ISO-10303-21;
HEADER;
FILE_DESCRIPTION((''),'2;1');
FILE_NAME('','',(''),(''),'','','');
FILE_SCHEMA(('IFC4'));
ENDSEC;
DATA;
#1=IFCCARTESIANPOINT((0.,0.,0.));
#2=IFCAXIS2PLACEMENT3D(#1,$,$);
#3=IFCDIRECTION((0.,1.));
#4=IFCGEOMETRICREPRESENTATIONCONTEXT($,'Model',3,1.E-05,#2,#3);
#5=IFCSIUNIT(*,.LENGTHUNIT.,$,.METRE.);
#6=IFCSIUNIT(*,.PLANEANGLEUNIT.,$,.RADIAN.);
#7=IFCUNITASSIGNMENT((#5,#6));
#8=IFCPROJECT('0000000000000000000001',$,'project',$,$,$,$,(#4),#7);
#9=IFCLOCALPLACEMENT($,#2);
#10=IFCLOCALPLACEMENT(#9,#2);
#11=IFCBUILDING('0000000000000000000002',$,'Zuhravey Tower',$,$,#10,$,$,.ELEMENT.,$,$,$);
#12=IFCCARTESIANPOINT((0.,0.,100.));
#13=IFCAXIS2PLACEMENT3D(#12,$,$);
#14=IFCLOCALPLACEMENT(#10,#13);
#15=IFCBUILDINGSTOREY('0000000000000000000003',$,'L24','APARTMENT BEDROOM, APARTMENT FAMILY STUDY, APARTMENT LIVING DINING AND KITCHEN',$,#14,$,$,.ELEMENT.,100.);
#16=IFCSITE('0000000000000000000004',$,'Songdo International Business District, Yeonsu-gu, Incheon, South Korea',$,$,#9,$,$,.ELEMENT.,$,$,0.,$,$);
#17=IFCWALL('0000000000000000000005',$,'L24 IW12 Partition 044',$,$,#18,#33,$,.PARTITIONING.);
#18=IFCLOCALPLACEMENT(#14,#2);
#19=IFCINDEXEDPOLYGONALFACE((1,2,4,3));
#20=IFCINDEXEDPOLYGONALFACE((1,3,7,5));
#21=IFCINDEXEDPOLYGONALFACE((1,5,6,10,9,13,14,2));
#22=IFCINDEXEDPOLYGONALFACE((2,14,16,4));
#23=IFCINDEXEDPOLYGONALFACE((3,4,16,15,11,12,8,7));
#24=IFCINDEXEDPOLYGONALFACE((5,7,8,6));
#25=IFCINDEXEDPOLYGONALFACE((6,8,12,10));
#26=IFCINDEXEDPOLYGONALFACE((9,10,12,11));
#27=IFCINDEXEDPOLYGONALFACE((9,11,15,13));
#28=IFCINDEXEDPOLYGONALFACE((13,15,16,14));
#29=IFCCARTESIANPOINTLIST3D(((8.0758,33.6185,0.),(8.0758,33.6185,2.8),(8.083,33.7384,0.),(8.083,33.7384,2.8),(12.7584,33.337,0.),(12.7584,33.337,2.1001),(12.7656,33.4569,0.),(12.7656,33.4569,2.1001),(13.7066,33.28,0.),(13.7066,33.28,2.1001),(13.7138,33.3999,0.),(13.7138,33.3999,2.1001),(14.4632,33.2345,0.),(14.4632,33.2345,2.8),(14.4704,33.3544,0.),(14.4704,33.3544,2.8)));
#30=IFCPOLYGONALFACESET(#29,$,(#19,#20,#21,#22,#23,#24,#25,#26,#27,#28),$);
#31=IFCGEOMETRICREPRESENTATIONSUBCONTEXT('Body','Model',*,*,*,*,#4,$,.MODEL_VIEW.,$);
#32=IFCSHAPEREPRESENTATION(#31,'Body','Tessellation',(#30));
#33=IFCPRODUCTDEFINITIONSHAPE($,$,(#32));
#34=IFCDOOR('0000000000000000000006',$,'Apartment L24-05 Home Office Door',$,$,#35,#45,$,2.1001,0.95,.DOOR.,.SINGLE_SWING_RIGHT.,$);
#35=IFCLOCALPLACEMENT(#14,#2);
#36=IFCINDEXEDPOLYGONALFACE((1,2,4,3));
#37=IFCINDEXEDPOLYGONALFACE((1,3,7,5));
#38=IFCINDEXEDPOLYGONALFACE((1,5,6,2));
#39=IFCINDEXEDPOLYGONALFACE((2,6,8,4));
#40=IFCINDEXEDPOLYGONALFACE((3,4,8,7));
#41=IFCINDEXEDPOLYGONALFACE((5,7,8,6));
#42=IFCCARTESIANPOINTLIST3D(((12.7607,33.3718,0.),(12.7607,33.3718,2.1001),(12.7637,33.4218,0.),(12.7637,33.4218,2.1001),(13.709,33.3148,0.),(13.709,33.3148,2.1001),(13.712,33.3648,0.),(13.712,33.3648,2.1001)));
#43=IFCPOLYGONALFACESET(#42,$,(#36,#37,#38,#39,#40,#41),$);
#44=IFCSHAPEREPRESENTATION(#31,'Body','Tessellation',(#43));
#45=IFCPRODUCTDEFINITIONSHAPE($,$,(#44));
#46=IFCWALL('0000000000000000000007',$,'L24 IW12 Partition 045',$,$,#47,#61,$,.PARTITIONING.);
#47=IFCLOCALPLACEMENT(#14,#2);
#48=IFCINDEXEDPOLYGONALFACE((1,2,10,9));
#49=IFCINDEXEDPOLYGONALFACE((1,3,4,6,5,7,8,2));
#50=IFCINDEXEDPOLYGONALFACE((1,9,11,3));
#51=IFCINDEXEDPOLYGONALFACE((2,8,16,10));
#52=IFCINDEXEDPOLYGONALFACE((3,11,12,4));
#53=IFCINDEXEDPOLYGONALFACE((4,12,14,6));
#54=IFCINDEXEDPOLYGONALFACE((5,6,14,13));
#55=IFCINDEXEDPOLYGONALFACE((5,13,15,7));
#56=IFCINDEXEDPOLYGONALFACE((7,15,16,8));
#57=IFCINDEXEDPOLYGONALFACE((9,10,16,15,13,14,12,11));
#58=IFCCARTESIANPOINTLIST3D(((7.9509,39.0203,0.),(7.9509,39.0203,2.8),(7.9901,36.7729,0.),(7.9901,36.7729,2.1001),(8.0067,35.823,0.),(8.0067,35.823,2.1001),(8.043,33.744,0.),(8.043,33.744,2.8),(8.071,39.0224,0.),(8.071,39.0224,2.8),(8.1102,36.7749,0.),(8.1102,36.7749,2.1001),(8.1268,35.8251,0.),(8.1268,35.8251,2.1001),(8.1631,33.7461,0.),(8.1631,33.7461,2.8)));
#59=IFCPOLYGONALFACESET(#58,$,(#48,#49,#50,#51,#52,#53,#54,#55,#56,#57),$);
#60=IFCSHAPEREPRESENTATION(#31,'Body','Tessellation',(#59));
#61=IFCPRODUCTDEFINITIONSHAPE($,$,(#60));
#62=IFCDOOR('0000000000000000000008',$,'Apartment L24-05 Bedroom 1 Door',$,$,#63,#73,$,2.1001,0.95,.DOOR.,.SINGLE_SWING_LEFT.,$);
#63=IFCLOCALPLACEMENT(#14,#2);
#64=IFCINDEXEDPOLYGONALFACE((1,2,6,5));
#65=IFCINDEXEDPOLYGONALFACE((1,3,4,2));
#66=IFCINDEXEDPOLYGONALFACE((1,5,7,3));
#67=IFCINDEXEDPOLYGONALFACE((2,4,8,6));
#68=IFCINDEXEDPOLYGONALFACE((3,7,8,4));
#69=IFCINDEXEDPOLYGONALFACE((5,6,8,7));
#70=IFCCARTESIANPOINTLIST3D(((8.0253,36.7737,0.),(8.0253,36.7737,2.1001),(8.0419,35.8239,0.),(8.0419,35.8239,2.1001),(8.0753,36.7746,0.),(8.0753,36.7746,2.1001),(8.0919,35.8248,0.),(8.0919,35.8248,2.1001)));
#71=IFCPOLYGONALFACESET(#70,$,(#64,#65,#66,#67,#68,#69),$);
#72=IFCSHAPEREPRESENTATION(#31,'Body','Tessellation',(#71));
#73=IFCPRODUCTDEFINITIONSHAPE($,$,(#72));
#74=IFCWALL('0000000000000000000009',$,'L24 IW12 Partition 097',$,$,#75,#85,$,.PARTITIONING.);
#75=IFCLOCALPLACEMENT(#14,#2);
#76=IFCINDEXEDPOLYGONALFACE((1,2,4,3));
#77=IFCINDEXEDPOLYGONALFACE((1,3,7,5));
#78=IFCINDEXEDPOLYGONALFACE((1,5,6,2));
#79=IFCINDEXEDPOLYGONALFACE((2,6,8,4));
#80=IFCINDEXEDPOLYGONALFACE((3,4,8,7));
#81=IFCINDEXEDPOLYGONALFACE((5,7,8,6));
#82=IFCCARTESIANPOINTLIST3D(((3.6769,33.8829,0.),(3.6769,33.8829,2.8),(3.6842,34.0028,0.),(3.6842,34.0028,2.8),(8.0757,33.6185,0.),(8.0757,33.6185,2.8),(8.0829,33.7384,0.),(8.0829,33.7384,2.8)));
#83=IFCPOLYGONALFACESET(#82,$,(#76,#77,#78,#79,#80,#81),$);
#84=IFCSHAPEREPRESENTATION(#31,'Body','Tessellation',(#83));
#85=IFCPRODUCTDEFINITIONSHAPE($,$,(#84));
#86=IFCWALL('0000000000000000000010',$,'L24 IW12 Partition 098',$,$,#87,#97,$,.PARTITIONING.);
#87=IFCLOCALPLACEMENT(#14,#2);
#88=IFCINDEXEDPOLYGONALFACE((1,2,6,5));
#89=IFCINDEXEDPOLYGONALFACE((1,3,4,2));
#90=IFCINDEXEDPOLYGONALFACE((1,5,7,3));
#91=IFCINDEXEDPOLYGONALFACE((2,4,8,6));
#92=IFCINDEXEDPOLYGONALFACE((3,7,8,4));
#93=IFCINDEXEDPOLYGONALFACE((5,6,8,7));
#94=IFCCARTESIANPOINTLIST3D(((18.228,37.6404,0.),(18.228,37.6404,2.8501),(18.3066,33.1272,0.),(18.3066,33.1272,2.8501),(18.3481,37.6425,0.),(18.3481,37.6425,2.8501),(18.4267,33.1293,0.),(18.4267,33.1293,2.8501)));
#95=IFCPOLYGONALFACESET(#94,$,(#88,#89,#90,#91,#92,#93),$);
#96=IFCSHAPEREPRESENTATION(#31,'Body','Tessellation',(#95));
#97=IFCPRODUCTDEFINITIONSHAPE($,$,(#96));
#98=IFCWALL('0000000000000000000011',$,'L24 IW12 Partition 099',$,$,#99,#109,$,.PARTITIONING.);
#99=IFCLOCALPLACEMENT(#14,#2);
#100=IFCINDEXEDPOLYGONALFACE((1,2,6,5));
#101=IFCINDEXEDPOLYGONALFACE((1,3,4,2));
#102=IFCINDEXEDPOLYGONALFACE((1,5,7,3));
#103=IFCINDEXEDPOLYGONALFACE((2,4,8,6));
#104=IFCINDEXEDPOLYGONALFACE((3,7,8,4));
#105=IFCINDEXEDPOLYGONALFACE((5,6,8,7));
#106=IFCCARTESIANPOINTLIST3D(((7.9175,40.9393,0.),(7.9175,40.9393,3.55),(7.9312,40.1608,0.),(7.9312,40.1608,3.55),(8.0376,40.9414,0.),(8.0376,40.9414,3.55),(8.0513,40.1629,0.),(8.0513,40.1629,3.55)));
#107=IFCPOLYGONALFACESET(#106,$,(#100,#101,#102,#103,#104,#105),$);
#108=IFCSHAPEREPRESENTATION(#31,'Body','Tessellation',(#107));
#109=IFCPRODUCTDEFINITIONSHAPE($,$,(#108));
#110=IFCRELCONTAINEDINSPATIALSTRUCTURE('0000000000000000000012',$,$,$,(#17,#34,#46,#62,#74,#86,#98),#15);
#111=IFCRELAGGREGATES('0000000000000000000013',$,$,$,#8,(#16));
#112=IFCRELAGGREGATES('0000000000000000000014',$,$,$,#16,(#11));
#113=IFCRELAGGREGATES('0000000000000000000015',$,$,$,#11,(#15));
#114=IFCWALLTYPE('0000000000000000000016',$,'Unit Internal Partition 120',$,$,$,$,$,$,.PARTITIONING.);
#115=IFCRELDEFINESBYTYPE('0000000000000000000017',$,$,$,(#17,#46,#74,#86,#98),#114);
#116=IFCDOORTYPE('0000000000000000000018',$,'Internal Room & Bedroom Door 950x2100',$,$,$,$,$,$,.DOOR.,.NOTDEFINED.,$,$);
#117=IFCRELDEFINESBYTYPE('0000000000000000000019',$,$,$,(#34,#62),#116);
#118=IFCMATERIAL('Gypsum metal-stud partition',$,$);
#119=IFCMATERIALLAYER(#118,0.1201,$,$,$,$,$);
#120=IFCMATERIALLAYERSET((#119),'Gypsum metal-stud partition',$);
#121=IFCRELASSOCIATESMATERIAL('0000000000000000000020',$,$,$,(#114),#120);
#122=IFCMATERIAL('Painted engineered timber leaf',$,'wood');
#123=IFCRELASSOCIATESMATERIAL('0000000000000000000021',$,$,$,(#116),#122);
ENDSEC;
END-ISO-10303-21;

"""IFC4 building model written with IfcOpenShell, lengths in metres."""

from ifc_helpers import new_model, si_unit, direction, frame, frame_2d, origin, place, context, subcontext, project, spatial, rectangle, extrude, material, layer, layer_set, type_object, element, fill, save


model = new_model("IFC4")

# Units and contexts
model_context = context("Model", 3, precision=1e-05, world=origin(), true_north=direction((0.0, 1.0)))
body_context = subcontext(model_context, "Body", "Model", "MODEL_VIEW")
ifc_project = project(units=[si_unit("LENGTHUNIT", "METRE"), si_unit("PLANEANGLEUNIT", "RADIAN")], contexts=[model_context])

# Site, building, storey
site_placement = place(None, origin())
site = spatial("IfcSite", under=ifc_project, at=site_placement, Name="Songdo International Business District, Yeonsu-gu, Incheon, South Korea", CompositionType="ELEMENT", RefElevation=0.0)
building_placement = place(site_placement, origin())
building = spatial("IfcBuilding", under=site, at=building_placement, Name="Zuhravey Tower", CompositionType="ELEMENT")
storey_placement = place(building_placement, frame((0.0, 0.0, 100.0)))
storey = spatial("IfcBuildingStorey", under=building, at=storey_placement, Name="L24", Description="APARTMENT BEDROOM, APARTMENT FAMILY STUDY, APARTMENT LIVING DINING AND KITCHEN", CompositionType="ELEMENT", Elevation=100.0)

# Shared definitions
ifc_material_1 = material(Name="Gypsum metal-stud partition")
ifc_layer_1 = layer(ifc_material_1, 0.1201)
ifc_layer_set_1 = layer_set([ifc_layer_1], Name="Gypsum metal-stud partition")
wall_type_1 = type_object("IfcWallType", Name="Unit Internal Partition 120", PredefinedType="PARTITIONING", material=ifc_layer_set_1)
ifc_material_2 = material(Name="Painted engineered timber leaf", Category="wood")
door_type_1 = type_object("IfcDoorType", Name="Internal Room & Bedroom Door 950x2100", OperationType="NOTDEFINED", PredefinedType="DOOR", material=ifc_material_2)

# Walls, openings, doors
wall_1_placement = place(storey_placement, frame((14.4668, 33.2944, 0.0), z_axis=(0.0, 0.0, 1.0), x_axis=(-0.998197, 0.060015, 0.0)))
wall_1 = element("IfcWall", 1, at=wall_1_placement, inside=storey, type_object=wall_type_1, Name="L24 IW12 Partition 044", PredefinedType="PARTITIONING", context=body_context, shape_type="SweptSolid", body=[
    extrude(rectangle(XDim=6.3989, YDim=0.1201, at=frame_2d((3.1995, 0.0))), origin(), (0.0, 0.0, 1.0), 2.8),
])
opening_1_placement = place(wall_1_placement, frame((0.7578, 0.0, 0.0)))
opening_1 = element("IfcOpeningElement", 2, at=opening_1_placement, cuts=wall_1, PredefinedType="OPENING", context=body_context, shape_type="SweptSolid", body=[
    extrude(rectangle(XDim=0.95, YDim=2.1001, at=frame_2d((0.4751, 1.05))), frame((0.0, 0.072, 0.0), z_axis=(0.0, -1.0, 0.0), x_axis=(1.0, 0.0, 0.0)), (0.0, 0.0, 1.0), 0.144),
])
door_1_placement = place(opening_1_placement, frame((0.95, 0.0, 0.0), z_axis=(0.0, 0.0, 1.0), x_axis=(-1.0, 0.0, 0.0)))
door_1 = element("IfcDoor", 3, at=door_1_placement, inside=storey, type_object=door_type_1, Name="Apartment L24-05 Home Office Door", OperationType="SINGLE_SWING_RIGHT", OverallHeight=2.1001, OverallWidth=0.95, PredefinedType="DOOR", context=body_context, shape_type="SweptSolid", body=[
    extrude(rectangle(XDim=0.95, YDim=2.1001, at=frame_2d((0.4751, 1.05))), frame((0.0, 0.0249, 0.0), z_axis=(0.0, -1.0, 0.0), x_axis=(1.0, 0.0, 0.0)), (0.0, 0.0, 1.0), 0.05),
])
fill(opening_1, door_1)
wall_2_placement = place(storey_placement, frame((8.011, 39.0215, 0.0), z_axis=(0.0, 0.0, 1.0), x_axis=(0.017441, -0.999848, 0.0)))
wall_2 = element("IfcWall", 4, at=wall_2_placement, inside=storey, type_object=wall_type_1, Name="L24 IW12 Partition 045", PredefinedType="PARTITIONING", context=body_context, shape_type="SweptSolid", body=[
    extrude(rectangle(XDim=5.2771, YDim=0.1201, at=frame_2d((2.6387, 0.0))), origin(), (0.0, 0.0, 1.0), 2.8),
])
opening_2_placement = place(wall_2_placement, frame((2.2478, 0.0, 0.0)))
opening_2 = element("IfcOpeningElement", 5, at=opening_2_placement, cuts=wall_2, PredefinedType="OPENING", context=body_context, shape_type="SweptSolid", body=[
    extrude(rectangle(XDim=0.95, YDim=2.1001, at=frame_2d((0.4751, 1.05))), frame((0.0, 0.072, 0.0), z_axis=(0.0, -1.0, 0.0), x_axis=(1.0, 0.0, 0.0)), (0.0, 0.0, 1.0), 0.144),
])
door_2_placement = place(opening_2_placement, frame((0.95, 0.0, 0.0), z_axis=(0.0, 0.0, 1.0), x_axis=(-1.0, 0.0, 0.0)))
door_2 = element("IfcDoor", 6, at=door_2_placement, inside=storey, type_object=door_type_1, Name="Apartment L24-05 Bedroom 1 Door", OperationType="SINGLE_SWING_LEFT", OverallHeight=2.1001, OverallWidth=0.95, PredefinedType="DOOR", context=body_context, shape_type="SweptSolid", body=[
    extrude(rectangle(XDim=0.95, YDim=2.1001, at=frame_2d((0.4751, 1.05))), frame((0.0, 0.0249, 0.0), z_axis=(0.0, -1.0, 0.0), x_axis=(1.0, 0.0, 0.0)), (0.0, 0.0, 1.0), 0.05),
])
fill(opening_2, door_2)

# Walls
wall_3_placement = place(storey_placement, frame((8.0793, 33.6785, 0.0), z_axis=(0.0, 0.0, 1.0), x_axis=(-0.998198, 0.060002, 0.0)))
element("IfcWall", 7, at=wall_3_placement, inside=storey, type_object=wall_type_1, Name="L24 IW12 Partition 097", PredefinedType="PARTITIONING", context=body_context, shape_type="SweptSolid", body=[
    extrude(rectangle(XDim=4.4067, YDim=0.1201, at=frame_2d((2.2034, 0.0))), origin(), (0.0, 0.0, 1.0), 2.8),
])
wall_4_placement = place(storey_placement, frame((18.2881, 37.6414, 0.0), z_axis=(0.0, 0.0, 1.0), x_axis=(0.017416, -0.999848, 0.0)))
element("IfcWall", 8, at=wall_4_placement, inside=storey, type_object=wall_type_1, Name="L24 IW12 Partition 098", PredefinedType="PARTITIONING", context=body_context, shape_type="SweptSolid", body=[
    extrude(rectangle(XDim=4.5139, YDim=0.1201, at=frame_2d((2.2568, 0.0))), origin(), (0.0, 0.0, 1.0), 2.8501),
])
wall_5_placement = place(storey_placement, frame((7.9775, 40.9402, 0.0), z_axis=(0.0, 0.0, 1.0), x_axis=(0.017558, -0.999846, 0.0)))
element("IfcWall", 9, at=wall_5_placement, inside=storey, type_object=wall_type_1, Name="L24 IW12 Partition 099", PredefinedType="PARTITIONING", context=body_context, shape_type="SweptSolid", body=[
    extrude(rectangle(XDim=0.7786, YDim=0.1201, at=frame_2d((0.3892, 0.0))), origin(), (0.0, 0.0, 1.0), 3.55),
])

save(model, "model.ifc")
